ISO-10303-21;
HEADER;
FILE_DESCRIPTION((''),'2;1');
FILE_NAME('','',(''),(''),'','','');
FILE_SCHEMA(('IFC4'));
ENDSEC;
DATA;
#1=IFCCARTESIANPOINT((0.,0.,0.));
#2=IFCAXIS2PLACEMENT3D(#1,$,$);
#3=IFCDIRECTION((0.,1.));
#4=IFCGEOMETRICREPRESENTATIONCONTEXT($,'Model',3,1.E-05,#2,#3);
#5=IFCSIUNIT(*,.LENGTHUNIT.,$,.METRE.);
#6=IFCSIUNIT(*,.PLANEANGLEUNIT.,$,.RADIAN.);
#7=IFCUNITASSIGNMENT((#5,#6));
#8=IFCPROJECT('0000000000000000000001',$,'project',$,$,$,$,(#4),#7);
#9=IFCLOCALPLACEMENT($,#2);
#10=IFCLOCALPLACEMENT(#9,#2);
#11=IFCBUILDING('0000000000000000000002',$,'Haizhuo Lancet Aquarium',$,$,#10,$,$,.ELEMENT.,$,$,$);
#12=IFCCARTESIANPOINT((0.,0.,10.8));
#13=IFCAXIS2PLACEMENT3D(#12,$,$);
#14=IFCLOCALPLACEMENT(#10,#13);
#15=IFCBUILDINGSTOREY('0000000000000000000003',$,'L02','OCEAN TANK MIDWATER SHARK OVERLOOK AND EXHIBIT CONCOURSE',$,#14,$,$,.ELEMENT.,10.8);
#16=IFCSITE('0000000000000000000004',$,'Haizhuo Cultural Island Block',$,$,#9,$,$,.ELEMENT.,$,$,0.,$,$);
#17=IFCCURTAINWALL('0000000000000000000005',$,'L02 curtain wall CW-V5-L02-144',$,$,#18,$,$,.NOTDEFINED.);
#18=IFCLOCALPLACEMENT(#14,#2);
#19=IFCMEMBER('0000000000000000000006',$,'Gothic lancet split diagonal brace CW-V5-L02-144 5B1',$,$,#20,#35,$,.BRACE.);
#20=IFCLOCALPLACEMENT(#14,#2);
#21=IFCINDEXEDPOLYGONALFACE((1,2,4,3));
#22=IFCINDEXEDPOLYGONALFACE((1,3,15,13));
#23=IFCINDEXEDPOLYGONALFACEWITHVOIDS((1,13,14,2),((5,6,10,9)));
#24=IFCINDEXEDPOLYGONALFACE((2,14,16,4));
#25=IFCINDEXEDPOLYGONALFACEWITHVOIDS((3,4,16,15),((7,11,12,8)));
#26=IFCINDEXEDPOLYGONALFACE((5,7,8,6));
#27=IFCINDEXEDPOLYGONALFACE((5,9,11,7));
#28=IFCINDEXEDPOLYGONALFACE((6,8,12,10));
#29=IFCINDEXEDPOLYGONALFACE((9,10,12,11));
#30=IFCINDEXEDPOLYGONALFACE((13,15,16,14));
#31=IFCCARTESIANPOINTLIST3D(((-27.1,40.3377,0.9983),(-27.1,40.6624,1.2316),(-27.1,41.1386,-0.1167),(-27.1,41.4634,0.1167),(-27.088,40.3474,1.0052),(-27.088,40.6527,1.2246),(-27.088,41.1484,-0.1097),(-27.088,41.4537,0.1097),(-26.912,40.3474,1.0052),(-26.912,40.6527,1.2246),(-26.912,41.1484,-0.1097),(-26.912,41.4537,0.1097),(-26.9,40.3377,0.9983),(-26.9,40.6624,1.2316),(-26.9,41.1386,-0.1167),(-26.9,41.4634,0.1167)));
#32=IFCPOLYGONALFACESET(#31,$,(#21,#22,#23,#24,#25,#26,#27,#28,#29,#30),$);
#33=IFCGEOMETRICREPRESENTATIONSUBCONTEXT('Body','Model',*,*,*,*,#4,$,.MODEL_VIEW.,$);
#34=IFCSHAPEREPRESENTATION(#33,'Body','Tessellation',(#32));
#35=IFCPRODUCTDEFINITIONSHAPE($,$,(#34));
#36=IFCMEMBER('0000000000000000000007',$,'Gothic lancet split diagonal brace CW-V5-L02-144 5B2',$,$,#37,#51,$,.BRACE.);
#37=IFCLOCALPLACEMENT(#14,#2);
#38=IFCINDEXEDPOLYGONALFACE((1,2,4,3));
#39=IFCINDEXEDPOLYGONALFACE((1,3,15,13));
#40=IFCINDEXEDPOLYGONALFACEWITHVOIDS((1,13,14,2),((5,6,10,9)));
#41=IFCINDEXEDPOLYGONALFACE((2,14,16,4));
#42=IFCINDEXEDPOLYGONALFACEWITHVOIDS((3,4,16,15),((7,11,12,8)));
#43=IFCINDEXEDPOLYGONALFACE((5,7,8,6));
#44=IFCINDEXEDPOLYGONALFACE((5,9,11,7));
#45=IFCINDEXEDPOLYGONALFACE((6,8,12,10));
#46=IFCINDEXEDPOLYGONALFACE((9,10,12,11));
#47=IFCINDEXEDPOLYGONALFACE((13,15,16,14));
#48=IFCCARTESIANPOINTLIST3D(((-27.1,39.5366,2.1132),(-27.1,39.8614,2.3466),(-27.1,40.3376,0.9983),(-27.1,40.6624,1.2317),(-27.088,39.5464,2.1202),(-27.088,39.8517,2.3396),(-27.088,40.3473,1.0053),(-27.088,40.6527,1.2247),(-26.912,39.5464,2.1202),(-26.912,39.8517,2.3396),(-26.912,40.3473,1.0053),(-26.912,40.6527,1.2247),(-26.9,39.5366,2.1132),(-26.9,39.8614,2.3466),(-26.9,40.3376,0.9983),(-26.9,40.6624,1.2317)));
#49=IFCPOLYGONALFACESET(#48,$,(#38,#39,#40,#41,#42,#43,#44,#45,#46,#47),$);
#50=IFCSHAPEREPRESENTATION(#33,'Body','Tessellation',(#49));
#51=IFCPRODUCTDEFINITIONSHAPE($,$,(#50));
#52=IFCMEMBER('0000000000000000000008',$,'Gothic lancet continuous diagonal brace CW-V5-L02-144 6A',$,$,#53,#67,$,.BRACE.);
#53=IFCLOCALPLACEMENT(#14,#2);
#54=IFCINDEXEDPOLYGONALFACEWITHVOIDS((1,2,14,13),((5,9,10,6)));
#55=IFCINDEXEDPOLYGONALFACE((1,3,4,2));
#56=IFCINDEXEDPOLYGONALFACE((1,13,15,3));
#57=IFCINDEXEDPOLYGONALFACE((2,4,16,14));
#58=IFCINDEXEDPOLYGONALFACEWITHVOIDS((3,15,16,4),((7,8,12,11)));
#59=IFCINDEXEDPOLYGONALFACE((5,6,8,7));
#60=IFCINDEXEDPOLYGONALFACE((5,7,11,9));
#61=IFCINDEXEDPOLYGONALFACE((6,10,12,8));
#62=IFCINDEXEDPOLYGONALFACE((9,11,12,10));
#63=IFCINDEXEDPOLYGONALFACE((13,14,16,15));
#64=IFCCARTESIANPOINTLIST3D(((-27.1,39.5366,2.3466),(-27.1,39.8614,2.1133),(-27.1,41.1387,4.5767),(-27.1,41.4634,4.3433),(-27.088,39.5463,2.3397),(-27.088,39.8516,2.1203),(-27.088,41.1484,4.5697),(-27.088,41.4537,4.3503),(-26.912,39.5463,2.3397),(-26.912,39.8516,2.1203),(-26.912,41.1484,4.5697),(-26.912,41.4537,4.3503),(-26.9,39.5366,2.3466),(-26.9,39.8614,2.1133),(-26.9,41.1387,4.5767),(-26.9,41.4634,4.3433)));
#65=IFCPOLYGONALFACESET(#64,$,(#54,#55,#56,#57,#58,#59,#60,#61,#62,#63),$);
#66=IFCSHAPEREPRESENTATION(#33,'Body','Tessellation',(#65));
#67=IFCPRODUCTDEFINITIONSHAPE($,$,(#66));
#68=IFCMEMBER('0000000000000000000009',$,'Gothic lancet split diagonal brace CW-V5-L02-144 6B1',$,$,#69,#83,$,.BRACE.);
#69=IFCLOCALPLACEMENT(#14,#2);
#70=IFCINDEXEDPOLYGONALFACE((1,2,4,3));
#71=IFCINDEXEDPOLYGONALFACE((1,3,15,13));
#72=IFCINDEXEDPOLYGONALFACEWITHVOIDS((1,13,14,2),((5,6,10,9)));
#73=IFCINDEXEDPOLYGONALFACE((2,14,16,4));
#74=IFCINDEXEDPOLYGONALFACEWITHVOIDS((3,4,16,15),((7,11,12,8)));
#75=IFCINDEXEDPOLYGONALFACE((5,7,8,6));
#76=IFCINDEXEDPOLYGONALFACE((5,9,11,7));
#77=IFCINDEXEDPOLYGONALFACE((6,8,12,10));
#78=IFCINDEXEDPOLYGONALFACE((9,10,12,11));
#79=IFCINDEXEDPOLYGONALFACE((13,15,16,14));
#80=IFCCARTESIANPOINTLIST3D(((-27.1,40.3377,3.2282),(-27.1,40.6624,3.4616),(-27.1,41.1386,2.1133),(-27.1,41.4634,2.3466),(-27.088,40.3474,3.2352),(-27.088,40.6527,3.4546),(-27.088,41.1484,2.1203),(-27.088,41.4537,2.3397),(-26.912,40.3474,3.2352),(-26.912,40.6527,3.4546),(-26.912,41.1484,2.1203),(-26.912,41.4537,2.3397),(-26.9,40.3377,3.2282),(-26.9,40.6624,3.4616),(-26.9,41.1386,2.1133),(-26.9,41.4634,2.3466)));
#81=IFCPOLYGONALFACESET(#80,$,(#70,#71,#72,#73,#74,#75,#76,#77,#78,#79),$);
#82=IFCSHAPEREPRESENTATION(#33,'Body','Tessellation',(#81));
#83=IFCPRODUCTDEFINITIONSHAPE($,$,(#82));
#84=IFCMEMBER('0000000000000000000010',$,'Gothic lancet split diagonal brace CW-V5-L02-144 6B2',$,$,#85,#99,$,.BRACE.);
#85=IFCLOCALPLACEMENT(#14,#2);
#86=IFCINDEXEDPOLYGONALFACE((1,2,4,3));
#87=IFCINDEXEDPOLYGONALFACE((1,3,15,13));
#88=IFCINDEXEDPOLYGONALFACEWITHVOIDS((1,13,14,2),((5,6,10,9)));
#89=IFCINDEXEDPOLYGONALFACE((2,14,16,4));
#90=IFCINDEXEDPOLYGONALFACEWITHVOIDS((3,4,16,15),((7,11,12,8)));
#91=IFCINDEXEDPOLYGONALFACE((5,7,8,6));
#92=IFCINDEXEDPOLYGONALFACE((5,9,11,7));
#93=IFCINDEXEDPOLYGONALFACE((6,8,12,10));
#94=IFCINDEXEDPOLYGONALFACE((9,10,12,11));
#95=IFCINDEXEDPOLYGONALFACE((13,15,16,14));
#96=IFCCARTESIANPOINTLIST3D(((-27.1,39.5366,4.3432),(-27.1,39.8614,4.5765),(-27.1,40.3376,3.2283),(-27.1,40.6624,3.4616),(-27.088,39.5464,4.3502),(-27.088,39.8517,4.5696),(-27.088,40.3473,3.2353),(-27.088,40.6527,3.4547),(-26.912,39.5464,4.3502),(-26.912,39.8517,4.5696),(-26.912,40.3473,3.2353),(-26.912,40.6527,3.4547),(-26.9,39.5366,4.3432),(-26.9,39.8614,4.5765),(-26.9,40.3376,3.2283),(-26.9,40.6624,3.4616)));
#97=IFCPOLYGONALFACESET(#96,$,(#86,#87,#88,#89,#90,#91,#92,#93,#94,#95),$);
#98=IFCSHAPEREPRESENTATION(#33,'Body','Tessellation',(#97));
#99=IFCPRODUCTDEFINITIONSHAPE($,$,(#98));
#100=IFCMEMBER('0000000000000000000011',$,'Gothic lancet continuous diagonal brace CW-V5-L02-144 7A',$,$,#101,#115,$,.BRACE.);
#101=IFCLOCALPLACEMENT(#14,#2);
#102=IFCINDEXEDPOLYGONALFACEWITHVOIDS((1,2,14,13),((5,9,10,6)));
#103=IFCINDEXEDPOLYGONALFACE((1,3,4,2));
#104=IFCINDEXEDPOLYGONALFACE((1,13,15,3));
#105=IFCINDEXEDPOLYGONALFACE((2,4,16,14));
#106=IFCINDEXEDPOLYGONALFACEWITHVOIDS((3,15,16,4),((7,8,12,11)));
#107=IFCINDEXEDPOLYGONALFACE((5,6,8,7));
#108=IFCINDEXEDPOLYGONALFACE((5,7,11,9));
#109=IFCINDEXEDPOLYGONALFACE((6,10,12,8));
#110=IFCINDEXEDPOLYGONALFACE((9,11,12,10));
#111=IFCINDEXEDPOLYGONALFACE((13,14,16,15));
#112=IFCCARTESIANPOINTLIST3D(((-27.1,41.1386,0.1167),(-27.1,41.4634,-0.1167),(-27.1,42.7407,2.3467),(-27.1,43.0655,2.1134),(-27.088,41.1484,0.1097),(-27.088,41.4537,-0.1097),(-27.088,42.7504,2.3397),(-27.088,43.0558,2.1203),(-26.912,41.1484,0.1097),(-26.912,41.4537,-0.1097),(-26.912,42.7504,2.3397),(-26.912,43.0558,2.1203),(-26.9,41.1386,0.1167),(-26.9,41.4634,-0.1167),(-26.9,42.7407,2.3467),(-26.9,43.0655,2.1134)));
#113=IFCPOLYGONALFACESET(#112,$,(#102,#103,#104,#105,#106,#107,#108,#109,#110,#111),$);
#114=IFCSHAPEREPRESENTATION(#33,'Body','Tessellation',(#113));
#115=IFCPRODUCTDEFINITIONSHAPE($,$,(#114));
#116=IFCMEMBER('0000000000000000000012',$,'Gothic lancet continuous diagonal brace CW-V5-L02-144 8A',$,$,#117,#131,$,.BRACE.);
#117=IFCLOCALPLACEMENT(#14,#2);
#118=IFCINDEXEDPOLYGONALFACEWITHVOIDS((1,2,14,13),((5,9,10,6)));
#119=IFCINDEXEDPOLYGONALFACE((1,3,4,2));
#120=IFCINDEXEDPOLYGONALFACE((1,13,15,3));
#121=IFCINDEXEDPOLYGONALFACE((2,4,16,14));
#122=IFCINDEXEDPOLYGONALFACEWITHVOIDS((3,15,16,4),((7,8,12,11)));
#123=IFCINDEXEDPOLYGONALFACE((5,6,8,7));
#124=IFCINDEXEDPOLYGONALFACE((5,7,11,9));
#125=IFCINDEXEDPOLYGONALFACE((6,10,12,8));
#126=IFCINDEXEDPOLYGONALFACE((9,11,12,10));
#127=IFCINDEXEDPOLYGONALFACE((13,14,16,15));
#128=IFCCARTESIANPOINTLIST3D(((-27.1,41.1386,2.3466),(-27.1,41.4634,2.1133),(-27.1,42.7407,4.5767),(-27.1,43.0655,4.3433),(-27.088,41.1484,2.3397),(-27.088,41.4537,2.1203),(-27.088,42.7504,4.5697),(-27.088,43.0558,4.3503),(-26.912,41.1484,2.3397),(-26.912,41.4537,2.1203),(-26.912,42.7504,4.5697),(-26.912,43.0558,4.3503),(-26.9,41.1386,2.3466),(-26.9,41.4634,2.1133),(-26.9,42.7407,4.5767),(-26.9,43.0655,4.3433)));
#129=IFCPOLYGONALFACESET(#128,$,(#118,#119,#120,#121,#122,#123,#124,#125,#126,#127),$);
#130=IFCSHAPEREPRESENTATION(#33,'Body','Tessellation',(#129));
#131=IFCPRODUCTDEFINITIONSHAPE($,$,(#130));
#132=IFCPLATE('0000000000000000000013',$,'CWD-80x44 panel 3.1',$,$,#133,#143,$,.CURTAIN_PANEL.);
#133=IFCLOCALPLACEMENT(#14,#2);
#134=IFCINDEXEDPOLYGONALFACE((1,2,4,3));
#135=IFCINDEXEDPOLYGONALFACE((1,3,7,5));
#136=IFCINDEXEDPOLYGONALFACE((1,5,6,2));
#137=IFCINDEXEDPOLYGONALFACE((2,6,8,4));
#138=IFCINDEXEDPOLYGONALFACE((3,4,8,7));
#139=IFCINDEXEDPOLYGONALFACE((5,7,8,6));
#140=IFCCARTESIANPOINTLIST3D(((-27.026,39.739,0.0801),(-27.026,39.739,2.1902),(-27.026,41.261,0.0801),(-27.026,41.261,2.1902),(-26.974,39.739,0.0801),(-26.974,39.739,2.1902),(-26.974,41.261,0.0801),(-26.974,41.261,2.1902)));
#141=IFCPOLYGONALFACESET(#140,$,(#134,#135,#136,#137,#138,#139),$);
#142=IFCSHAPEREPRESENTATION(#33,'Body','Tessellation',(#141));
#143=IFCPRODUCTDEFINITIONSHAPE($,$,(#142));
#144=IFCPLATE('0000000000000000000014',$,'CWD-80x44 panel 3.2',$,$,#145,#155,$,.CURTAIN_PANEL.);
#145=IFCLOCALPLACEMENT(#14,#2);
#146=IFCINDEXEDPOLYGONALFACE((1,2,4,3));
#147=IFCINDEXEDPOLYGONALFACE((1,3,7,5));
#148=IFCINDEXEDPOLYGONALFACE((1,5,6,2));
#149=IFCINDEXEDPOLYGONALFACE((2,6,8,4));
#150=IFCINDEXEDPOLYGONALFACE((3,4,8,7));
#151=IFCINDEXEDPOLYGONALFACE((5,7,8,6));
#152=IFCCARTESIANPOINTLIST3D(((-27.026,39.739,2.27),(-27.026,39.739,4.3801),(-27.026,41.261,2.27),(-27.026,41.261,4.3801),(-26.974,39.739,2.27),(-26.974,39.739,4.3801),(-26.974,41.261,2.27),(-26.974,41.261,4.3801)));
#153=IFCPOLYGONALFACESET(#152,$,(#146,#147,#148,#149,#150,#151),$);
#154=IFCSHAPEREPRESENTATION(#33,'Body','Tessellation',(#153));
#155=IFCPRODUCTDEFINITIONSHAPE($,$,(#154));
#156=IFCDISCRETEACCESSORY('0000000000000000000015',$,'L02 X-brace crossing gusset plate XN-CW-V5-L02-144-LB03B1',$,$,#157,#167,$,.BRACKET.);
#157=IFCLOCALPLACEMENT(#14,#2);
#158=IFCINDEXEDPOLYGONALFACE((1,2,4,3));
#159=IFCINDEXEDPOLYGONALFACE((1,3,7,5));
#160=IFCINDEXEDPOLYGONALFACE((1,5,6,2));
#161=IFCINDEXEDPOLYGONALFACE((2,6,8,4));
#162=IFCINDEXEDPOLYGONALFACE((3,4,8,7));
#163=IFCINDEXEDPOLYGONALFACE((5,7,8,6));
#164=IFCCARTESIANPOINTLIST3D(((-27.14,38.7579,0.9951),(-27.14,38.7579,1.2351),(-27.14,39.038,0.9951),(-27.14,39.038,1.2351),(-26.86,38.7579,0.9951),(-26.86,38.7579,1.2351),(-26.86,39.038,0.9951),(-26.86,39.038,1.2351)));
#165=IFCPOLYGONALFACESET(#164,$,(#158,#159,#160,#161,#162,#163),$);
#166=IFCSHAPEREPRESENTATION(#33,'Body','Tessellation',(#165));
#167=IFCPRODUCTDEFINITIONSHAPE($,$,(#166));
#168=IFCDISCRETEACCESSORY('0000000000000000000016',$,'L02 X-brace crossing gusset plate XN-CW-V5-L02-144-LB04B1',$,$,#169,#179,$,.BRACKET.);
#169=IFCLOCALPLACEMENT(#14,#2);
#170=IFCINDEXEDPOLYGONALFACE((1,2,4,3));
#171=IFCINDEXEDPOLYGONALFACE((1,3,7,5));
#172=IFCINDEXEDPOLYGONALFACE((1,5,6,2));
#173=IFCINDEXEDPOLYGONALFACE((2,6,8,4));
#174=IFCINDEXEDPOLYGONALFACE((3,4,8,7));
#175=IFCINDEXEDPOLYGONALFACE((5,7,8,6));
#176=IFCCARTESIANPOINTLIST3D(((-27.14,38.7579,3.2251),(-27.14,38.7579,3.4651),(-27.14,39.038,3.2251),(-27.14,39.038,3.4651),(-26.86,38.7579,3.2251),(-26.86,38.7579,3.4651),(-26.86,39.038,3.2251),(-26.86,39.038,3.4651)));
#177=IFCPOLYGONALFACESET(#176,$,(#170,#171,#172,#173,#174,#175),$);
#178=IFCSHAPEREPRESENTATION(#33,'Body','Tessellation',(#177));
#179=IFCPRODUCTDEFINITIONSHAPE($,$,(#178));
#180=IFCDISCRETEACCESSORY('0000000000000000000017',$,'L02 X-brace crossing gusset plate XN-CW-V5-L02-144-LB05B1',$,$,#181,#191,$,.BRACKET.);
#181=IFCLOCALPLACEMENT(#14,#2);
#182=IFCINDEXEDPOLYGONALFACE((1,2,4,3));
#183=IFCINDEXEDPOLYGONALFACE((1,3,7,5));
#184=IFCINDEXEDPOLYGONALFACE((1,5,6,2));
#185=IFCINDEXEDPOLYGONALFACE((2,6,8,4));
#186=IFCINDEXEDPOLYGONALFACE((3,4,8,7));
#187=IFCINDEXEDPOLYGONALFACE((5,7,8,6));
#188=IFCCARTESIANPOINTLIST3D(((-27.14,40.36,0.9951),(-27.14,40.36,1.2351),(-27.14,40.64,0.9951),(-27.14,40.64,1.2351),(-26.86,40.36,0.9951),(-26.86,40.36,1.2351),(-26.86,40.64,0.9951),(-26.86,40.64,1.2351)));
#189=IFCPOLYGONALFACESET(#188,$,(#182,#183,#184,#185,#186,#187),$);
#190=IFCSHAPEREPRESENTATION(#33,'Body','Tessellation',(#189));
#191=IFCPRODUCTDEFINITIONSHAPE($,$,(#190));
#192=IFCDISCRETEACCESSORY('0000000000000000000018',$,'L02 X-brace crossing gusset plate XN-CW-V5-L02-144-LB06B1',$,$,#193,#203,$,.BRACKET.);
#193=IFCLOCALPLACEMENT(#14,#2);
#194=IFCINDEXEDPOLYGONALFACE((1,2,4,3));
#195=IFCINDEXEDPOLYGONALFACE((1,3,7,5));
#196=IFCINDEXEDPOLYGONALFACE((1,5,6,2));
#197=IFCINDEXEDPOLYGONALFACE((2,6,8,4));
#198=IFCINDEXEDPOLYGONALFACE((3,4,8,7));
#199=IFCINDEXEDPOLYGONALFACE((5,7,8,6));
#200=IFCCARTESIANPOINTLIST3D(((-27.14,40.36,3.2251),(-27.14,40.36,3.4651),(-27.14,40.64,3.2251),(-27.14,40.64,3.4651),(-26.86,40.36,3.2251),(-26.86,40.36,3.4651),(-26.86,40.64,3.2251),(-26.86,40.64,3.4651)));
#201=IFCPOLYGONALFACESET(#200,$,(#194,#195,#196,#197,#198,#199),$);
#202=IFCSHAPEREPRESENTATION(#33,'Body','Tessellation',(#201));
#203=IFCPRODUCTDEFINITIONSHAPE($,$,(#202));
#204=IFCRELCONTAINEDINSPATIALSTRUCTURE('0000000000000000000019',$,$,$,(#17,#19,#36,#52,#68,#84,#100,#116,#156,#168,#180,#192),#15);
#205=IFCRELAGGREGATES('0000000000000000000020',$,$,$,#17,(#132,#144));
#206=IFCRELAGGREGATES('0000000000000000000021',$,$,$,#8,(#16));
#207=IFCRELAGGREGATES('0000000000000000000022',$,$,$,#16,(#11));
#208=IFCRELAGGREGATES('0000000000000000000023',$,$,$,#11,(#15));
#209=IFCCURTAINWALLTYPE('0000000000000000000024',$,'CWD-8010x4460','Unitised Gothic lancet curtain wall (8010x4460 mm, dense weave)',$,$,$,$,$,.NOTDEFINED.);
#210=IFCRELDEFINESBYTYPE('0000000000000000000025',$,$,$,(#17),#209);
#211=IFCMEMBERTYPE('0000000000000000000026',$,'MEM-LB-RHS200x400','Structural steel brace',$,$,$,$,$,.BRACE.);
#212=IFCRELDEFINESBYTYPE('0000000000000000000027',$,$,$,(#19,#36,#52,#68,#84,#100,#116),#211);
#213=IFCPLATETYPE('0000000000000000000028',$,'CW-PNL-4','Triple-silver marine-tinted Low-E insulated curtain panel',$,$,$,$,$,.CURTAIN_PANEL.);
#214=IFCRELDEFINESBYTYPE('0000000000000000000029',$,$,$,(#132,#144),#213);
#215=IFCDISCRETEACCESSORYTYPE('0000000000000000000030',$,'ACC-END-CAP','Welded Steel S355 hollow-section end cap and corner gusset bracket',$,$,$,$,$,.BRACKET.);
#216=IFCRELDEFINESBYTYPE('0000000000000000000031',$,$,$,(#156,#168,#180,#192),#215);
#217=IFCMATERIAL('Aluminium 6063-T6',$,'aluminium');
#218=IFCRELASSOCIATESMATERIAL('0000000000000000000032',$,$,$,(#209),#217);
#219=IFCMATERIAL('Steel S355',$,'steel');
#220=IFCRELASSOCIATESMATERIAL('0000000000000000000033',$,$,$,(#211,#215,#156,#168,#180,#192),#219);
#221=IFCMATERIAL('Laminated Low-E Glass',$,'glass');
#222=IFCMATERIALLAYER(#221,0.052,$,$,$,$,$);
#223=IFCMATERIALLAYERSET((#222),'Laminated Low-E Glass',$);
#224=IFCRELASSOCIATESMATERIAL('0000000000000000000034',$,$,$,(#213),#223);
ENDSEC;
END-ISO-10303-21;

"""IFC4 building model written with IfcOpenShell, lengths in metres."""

from ifc_helpers import new_model, si_unit, direction, frame, origin, origin_2d, place, context, subcontext, project, spatial, rectangle, hollow_rectangle, extrude, material, layer, layer_set, material_profile, profile_set, type_object, element, aggregate, save


model = new_model("IFC4")

# Units and contexts
model_context = context("Model", 3, precision=1e-05, world=origin(), true_north=direction((0.0, 1.0)))
body_context = subcontext(model_context, "Body", "Model", "MODEL_VIEW")
ifc_project = project(units=[si_unit("LENGTHUNIT", "METRE"), si_unit("PLANEANGLEUNIT", "RADIAN")], contexts=[model_context])

# Site, building, storey
site_placement = place(None, origin())
site = spatial("IfcSite", under=ifc_project, at=site_placement, Name="Haizhuo Cultural Island Block", CompositionType="ELEMENT", RefElevation=0.0)
building_placement = place(site_placement, origin())
building = spatial("IfcBuilding", under=site, at=building_placement, Name="Haizhuo Lancet Aquarium", CompositionType="ELEMENT")
storey_placement = place(building_placement, frame((0.0, 0.0, 10.8)))
storey = spatial("IfcBuildingStorey", under=building, at=storey_placement, Name="L02", Description="OCEAN TANK MIDWATER SHARK OVERLOOK AND EXHIBIT CONCOURSE", CompositionType="ELEMENT", Elevation=10.8)

# Curtain wall
ifc_material_1 = material(Name="Aluminium 6063-T6", Category="aluminium")
curtain_wall_type = type_object("IfcCurtainWallType", Name="CWD-8010x4460", Description="Unitised Gothic lancet curtain wall (8010x4460 mm, dense weave)", PredefinedType="NOTDEFINED", material=ifc_material_1)
curtain_wall_placement = place(storey_placement, origin())
curtain_wall = element("IfcCurtainWall", 1, at=curtain_wall_placement, inside=storey, type_object=curtain_wall_type, Name="L02 curtain wall CW-V5-L02-144", PredefinedType="NOTDEFINED")

# Members
ifc_material_2 = material(Name="Steel S355", Category="steel")
ifc_material_profile_1 = material_profile(ifc_material_2, hollow_rectangle(XDim=0.2, YDim=0.3999, WallThickness=0.012, at=origin_2d()), Name="RHS 200x400x12")
ifc_profile_set_1 = profile_set([ifc_material_profile_1], Name="Steel S355")
member_type_1 = type_object("IfcMemberType", Name="MEM-LB-RHS200x400", Description="Structural steel brace", PredefinedType="BRACE", material=ifc_profile_set_1)
for number, where, z_axis, x_axis, name in (
    (2, (-27.0, 41.301, 0.0), (0.0, -0.583456, 0.812144), (1.0, 0.0, 0.0), "Gothic lancet split diagonal brace CW-V5-L02-144 5B1"),
    (3, (-27.0, 40.5, 1.115), (0.0, -0.583456, 0.812144), (1.0, 0.0, 0.0), "Gothic lancet split diagonal brace CW-V5-L02-144 5B2"),
):
    element("IfcMember", number, at=place(storey_placement, frame(where, z_axis=z_axis, x_axis=x_axis)), inside=storey, type_object=member_type_1, Name=name, PredefinedType="BRACE", context=body_context, shape_type="SweptSolid", body=[
        extrude(hollow_rectangle(XDim=0.2, YDim=0.3999, WallThickness=0.012, at=origin_2d()), origin(), (0.0, 0.0, 1.0), 1.3728),
    ])
member_1_placement = place(storey_placement, frame((-27.0, 39.699, 2.23), z_axis=(0.0, 0.583456, 0.812144), x_axis=(-1.0, 0.0, 0.0)))
element("IfcMember", 4, at=member_1_placement, inside=storey, type_object=member_type_1, Name="Gothic lancet continuous diagonal brace CW-V5-L02-144 6A", PredefinedType="BRACE", context=body_context, shape_type="SweptSolid", body=[
    extrude(hollow_rectangle(XDim=0.2, YDim=0.3999, WallThickness=0.012, at=origin_2d()), origin(), (0.0, 0.0, 1.0), 2.7458),
])
for number, where, z_axis, x_axis, name in (
    (5, (-27.0, 41.301, 2.23), (0.0, -0.583456, 0.812144), (1.0, 0.0, 0.0), "Gothic lancet split diagonal brace CW-V5-L02-144 6B1"),
    (6, (-27.0, 40.5, 3.345), (0.0, -0.583456, 0.812144), (1.0, 0.0, 0.0), "Gothic lancet split diagonal brace CW-V5-L02-144 6B2"),
):
    element("IfcMember", number, at=place(storey_placement, frame(where, z_axis=z_axis, x_axis=x_axis)), inside=storey, type_object=member_type_1, Name=name, PredefinedType="BRACE", context=body_context, shape_type="SweptSolid", body=[
        extrude(hollow_rectangle(XDim=0.2, YDim=0.3999, WallThickness=0.012, at=origin_2d()), origin(), (0.0, 0.0, 1.0), 1.3728),
    ])
for number, where, z_axis, x_axis, name in (
    (7, (-27.0, 41.301, 0.0), (0.0, 0.583456, 0.812144), (-1.0, 0.0, 0.0), "Gothic lancet continuous diagonal brace CW-V5-L02-144 7A"),
    (8, (-27.0, 41.301, 2.23), (0.0, 0.583456, 0.812144), (-1.0, 0.0, 0.0), "Gothic lancet continuous diagonal brace CW-V5-L02-144 8A"),
):
    element("IfcMember", number, at=place(storey_placement, frame(where, z_axis=z_axis, x_axis=x_axis)), inside=storey, type_object=member_type_1, Name=name, PredefinedType="BRACE", context=body_context, shape_type="SweptSolid", body=[
        extrude(hollow_rectangle(XDim=0.2, YDim=0.3999, WallThickness=0.012, at=origin_2d()), origin(), (0.0, 0.0, 1.0), 2.7458),
    ])

# Plates
ifc_material_3 = material(Name="Laminated Low-E Glass", Category="glass")
ifc_layer = layer(ifc_material_3, 0.052)
ifc_layer_set = layer_set([ifc_layer], Name="Laminated Low-E Glass")
plate_type = type_object("IfcPlateType", Name="CW-PNL-4", Description="Triple-silver marine-tinted Low-E insulated curtain panel", PredefinedType="CURTAIN_PANEL", material=ifc_layer_set)
plate_1_placement = place(storey_placement, frame((-27.0, 40.5, 0.0801), z_axis=(0.0, 0.0, 1.0), x_axis=(0.0, 1.0, 0.0)))
plate_1 = element("IfcPlate", 9, at=plate_1_placement, type_object=plate_type, Name="CWD-80x44 panel 3.1", PredefinedType="CURTAIN_PANEL", context=body_context, shape_type="SweptSolid", body=[
    extrude(rectangle(XDim=1.522, YDim=0.052, at=origin_2d()), origin(), (0.0, 0.0, 1.0), 2.1101),
])
plate_2_placement = place(storey_placement, frame((-27.0, 40.5, 2.27), z_axis=(0.0, 0.0, 1.0), x_axis=(0.0, 1.0, 0.0)))
plate_2 = element("IfcPlate", 10, at=plate_2_placement, type_object=plate_type, Name="CWD-80x44 panel 3.2", PredefinedType="CURTAIN_PANEL", context=body_context, shape_type="SweptSolid", body=[
    extrude(rectangle(XDim=1.522, YDim=0.052, at=origin_2d()), origin(), (0.0, 0.0, 1.0), 2.1101),
])
aggregate(curtain_wall, [plate_1, plate_2])

# Discrete accessories
discrete_accessory_type = type_object("IfcDiscreteAccessoryType", Name="ACC-END-CAP", Description="Welded Steel S355 hollow-section end cap and corner gusset bracket", PredefinedType="BRACKET", material=ifc_material_2)
for number, where, z_axis, x_axis, name in (
    (11, (-27.0, 38.8979, 0.9951), (0.0, 0.0, 1.0), (1.0, 0.0, 0.0), "L02 X-brace crossing gusset plate XN-CW-V5-L02-144-LB03B1"),
    (12, (-27.0, 38.8979, 3.2251), (0.0, 0.0, 1.0), (1.0, 0.0, 0.0), "L02 X-brace crossing gusset plate XN-CW-V5-L02-144-LB04B1"),
    (13, (-27.0, 40.5, 0.9951), (0.0, 0.0, 1.0), (1.0, 0.0, 0.0), "L02 X-brace crossing gusset plate XN-CW-V5-L02-144-LB05B1"),
    (14, (-27.0, 40.5, 3.2251), (0.0, 0.0, 1.0), (1.0, 0.0, 0.0), "L02 X-brace crossing gusset plate XN-CW-V5-L02-144-LB06B1"),
):
    element("IfcDiscreteAccessory", number, at=place(storey_placement, frame(where, z_axis=z_axis, x_axis=x_axis)), inside=storey, type_object=discrete_accessory_type, material=ifc_material_2, Name=name, PredefinedType="BRACKET", context=body_context, shape_type="SweptSolid", body=[
        extrude(rectangle(XDim=0.28, YDim=0.28, at=origin_2d()), origin(), (0.0, 0.0, 1.0), 0.24),
    ])

save(model, "model.ifc")
